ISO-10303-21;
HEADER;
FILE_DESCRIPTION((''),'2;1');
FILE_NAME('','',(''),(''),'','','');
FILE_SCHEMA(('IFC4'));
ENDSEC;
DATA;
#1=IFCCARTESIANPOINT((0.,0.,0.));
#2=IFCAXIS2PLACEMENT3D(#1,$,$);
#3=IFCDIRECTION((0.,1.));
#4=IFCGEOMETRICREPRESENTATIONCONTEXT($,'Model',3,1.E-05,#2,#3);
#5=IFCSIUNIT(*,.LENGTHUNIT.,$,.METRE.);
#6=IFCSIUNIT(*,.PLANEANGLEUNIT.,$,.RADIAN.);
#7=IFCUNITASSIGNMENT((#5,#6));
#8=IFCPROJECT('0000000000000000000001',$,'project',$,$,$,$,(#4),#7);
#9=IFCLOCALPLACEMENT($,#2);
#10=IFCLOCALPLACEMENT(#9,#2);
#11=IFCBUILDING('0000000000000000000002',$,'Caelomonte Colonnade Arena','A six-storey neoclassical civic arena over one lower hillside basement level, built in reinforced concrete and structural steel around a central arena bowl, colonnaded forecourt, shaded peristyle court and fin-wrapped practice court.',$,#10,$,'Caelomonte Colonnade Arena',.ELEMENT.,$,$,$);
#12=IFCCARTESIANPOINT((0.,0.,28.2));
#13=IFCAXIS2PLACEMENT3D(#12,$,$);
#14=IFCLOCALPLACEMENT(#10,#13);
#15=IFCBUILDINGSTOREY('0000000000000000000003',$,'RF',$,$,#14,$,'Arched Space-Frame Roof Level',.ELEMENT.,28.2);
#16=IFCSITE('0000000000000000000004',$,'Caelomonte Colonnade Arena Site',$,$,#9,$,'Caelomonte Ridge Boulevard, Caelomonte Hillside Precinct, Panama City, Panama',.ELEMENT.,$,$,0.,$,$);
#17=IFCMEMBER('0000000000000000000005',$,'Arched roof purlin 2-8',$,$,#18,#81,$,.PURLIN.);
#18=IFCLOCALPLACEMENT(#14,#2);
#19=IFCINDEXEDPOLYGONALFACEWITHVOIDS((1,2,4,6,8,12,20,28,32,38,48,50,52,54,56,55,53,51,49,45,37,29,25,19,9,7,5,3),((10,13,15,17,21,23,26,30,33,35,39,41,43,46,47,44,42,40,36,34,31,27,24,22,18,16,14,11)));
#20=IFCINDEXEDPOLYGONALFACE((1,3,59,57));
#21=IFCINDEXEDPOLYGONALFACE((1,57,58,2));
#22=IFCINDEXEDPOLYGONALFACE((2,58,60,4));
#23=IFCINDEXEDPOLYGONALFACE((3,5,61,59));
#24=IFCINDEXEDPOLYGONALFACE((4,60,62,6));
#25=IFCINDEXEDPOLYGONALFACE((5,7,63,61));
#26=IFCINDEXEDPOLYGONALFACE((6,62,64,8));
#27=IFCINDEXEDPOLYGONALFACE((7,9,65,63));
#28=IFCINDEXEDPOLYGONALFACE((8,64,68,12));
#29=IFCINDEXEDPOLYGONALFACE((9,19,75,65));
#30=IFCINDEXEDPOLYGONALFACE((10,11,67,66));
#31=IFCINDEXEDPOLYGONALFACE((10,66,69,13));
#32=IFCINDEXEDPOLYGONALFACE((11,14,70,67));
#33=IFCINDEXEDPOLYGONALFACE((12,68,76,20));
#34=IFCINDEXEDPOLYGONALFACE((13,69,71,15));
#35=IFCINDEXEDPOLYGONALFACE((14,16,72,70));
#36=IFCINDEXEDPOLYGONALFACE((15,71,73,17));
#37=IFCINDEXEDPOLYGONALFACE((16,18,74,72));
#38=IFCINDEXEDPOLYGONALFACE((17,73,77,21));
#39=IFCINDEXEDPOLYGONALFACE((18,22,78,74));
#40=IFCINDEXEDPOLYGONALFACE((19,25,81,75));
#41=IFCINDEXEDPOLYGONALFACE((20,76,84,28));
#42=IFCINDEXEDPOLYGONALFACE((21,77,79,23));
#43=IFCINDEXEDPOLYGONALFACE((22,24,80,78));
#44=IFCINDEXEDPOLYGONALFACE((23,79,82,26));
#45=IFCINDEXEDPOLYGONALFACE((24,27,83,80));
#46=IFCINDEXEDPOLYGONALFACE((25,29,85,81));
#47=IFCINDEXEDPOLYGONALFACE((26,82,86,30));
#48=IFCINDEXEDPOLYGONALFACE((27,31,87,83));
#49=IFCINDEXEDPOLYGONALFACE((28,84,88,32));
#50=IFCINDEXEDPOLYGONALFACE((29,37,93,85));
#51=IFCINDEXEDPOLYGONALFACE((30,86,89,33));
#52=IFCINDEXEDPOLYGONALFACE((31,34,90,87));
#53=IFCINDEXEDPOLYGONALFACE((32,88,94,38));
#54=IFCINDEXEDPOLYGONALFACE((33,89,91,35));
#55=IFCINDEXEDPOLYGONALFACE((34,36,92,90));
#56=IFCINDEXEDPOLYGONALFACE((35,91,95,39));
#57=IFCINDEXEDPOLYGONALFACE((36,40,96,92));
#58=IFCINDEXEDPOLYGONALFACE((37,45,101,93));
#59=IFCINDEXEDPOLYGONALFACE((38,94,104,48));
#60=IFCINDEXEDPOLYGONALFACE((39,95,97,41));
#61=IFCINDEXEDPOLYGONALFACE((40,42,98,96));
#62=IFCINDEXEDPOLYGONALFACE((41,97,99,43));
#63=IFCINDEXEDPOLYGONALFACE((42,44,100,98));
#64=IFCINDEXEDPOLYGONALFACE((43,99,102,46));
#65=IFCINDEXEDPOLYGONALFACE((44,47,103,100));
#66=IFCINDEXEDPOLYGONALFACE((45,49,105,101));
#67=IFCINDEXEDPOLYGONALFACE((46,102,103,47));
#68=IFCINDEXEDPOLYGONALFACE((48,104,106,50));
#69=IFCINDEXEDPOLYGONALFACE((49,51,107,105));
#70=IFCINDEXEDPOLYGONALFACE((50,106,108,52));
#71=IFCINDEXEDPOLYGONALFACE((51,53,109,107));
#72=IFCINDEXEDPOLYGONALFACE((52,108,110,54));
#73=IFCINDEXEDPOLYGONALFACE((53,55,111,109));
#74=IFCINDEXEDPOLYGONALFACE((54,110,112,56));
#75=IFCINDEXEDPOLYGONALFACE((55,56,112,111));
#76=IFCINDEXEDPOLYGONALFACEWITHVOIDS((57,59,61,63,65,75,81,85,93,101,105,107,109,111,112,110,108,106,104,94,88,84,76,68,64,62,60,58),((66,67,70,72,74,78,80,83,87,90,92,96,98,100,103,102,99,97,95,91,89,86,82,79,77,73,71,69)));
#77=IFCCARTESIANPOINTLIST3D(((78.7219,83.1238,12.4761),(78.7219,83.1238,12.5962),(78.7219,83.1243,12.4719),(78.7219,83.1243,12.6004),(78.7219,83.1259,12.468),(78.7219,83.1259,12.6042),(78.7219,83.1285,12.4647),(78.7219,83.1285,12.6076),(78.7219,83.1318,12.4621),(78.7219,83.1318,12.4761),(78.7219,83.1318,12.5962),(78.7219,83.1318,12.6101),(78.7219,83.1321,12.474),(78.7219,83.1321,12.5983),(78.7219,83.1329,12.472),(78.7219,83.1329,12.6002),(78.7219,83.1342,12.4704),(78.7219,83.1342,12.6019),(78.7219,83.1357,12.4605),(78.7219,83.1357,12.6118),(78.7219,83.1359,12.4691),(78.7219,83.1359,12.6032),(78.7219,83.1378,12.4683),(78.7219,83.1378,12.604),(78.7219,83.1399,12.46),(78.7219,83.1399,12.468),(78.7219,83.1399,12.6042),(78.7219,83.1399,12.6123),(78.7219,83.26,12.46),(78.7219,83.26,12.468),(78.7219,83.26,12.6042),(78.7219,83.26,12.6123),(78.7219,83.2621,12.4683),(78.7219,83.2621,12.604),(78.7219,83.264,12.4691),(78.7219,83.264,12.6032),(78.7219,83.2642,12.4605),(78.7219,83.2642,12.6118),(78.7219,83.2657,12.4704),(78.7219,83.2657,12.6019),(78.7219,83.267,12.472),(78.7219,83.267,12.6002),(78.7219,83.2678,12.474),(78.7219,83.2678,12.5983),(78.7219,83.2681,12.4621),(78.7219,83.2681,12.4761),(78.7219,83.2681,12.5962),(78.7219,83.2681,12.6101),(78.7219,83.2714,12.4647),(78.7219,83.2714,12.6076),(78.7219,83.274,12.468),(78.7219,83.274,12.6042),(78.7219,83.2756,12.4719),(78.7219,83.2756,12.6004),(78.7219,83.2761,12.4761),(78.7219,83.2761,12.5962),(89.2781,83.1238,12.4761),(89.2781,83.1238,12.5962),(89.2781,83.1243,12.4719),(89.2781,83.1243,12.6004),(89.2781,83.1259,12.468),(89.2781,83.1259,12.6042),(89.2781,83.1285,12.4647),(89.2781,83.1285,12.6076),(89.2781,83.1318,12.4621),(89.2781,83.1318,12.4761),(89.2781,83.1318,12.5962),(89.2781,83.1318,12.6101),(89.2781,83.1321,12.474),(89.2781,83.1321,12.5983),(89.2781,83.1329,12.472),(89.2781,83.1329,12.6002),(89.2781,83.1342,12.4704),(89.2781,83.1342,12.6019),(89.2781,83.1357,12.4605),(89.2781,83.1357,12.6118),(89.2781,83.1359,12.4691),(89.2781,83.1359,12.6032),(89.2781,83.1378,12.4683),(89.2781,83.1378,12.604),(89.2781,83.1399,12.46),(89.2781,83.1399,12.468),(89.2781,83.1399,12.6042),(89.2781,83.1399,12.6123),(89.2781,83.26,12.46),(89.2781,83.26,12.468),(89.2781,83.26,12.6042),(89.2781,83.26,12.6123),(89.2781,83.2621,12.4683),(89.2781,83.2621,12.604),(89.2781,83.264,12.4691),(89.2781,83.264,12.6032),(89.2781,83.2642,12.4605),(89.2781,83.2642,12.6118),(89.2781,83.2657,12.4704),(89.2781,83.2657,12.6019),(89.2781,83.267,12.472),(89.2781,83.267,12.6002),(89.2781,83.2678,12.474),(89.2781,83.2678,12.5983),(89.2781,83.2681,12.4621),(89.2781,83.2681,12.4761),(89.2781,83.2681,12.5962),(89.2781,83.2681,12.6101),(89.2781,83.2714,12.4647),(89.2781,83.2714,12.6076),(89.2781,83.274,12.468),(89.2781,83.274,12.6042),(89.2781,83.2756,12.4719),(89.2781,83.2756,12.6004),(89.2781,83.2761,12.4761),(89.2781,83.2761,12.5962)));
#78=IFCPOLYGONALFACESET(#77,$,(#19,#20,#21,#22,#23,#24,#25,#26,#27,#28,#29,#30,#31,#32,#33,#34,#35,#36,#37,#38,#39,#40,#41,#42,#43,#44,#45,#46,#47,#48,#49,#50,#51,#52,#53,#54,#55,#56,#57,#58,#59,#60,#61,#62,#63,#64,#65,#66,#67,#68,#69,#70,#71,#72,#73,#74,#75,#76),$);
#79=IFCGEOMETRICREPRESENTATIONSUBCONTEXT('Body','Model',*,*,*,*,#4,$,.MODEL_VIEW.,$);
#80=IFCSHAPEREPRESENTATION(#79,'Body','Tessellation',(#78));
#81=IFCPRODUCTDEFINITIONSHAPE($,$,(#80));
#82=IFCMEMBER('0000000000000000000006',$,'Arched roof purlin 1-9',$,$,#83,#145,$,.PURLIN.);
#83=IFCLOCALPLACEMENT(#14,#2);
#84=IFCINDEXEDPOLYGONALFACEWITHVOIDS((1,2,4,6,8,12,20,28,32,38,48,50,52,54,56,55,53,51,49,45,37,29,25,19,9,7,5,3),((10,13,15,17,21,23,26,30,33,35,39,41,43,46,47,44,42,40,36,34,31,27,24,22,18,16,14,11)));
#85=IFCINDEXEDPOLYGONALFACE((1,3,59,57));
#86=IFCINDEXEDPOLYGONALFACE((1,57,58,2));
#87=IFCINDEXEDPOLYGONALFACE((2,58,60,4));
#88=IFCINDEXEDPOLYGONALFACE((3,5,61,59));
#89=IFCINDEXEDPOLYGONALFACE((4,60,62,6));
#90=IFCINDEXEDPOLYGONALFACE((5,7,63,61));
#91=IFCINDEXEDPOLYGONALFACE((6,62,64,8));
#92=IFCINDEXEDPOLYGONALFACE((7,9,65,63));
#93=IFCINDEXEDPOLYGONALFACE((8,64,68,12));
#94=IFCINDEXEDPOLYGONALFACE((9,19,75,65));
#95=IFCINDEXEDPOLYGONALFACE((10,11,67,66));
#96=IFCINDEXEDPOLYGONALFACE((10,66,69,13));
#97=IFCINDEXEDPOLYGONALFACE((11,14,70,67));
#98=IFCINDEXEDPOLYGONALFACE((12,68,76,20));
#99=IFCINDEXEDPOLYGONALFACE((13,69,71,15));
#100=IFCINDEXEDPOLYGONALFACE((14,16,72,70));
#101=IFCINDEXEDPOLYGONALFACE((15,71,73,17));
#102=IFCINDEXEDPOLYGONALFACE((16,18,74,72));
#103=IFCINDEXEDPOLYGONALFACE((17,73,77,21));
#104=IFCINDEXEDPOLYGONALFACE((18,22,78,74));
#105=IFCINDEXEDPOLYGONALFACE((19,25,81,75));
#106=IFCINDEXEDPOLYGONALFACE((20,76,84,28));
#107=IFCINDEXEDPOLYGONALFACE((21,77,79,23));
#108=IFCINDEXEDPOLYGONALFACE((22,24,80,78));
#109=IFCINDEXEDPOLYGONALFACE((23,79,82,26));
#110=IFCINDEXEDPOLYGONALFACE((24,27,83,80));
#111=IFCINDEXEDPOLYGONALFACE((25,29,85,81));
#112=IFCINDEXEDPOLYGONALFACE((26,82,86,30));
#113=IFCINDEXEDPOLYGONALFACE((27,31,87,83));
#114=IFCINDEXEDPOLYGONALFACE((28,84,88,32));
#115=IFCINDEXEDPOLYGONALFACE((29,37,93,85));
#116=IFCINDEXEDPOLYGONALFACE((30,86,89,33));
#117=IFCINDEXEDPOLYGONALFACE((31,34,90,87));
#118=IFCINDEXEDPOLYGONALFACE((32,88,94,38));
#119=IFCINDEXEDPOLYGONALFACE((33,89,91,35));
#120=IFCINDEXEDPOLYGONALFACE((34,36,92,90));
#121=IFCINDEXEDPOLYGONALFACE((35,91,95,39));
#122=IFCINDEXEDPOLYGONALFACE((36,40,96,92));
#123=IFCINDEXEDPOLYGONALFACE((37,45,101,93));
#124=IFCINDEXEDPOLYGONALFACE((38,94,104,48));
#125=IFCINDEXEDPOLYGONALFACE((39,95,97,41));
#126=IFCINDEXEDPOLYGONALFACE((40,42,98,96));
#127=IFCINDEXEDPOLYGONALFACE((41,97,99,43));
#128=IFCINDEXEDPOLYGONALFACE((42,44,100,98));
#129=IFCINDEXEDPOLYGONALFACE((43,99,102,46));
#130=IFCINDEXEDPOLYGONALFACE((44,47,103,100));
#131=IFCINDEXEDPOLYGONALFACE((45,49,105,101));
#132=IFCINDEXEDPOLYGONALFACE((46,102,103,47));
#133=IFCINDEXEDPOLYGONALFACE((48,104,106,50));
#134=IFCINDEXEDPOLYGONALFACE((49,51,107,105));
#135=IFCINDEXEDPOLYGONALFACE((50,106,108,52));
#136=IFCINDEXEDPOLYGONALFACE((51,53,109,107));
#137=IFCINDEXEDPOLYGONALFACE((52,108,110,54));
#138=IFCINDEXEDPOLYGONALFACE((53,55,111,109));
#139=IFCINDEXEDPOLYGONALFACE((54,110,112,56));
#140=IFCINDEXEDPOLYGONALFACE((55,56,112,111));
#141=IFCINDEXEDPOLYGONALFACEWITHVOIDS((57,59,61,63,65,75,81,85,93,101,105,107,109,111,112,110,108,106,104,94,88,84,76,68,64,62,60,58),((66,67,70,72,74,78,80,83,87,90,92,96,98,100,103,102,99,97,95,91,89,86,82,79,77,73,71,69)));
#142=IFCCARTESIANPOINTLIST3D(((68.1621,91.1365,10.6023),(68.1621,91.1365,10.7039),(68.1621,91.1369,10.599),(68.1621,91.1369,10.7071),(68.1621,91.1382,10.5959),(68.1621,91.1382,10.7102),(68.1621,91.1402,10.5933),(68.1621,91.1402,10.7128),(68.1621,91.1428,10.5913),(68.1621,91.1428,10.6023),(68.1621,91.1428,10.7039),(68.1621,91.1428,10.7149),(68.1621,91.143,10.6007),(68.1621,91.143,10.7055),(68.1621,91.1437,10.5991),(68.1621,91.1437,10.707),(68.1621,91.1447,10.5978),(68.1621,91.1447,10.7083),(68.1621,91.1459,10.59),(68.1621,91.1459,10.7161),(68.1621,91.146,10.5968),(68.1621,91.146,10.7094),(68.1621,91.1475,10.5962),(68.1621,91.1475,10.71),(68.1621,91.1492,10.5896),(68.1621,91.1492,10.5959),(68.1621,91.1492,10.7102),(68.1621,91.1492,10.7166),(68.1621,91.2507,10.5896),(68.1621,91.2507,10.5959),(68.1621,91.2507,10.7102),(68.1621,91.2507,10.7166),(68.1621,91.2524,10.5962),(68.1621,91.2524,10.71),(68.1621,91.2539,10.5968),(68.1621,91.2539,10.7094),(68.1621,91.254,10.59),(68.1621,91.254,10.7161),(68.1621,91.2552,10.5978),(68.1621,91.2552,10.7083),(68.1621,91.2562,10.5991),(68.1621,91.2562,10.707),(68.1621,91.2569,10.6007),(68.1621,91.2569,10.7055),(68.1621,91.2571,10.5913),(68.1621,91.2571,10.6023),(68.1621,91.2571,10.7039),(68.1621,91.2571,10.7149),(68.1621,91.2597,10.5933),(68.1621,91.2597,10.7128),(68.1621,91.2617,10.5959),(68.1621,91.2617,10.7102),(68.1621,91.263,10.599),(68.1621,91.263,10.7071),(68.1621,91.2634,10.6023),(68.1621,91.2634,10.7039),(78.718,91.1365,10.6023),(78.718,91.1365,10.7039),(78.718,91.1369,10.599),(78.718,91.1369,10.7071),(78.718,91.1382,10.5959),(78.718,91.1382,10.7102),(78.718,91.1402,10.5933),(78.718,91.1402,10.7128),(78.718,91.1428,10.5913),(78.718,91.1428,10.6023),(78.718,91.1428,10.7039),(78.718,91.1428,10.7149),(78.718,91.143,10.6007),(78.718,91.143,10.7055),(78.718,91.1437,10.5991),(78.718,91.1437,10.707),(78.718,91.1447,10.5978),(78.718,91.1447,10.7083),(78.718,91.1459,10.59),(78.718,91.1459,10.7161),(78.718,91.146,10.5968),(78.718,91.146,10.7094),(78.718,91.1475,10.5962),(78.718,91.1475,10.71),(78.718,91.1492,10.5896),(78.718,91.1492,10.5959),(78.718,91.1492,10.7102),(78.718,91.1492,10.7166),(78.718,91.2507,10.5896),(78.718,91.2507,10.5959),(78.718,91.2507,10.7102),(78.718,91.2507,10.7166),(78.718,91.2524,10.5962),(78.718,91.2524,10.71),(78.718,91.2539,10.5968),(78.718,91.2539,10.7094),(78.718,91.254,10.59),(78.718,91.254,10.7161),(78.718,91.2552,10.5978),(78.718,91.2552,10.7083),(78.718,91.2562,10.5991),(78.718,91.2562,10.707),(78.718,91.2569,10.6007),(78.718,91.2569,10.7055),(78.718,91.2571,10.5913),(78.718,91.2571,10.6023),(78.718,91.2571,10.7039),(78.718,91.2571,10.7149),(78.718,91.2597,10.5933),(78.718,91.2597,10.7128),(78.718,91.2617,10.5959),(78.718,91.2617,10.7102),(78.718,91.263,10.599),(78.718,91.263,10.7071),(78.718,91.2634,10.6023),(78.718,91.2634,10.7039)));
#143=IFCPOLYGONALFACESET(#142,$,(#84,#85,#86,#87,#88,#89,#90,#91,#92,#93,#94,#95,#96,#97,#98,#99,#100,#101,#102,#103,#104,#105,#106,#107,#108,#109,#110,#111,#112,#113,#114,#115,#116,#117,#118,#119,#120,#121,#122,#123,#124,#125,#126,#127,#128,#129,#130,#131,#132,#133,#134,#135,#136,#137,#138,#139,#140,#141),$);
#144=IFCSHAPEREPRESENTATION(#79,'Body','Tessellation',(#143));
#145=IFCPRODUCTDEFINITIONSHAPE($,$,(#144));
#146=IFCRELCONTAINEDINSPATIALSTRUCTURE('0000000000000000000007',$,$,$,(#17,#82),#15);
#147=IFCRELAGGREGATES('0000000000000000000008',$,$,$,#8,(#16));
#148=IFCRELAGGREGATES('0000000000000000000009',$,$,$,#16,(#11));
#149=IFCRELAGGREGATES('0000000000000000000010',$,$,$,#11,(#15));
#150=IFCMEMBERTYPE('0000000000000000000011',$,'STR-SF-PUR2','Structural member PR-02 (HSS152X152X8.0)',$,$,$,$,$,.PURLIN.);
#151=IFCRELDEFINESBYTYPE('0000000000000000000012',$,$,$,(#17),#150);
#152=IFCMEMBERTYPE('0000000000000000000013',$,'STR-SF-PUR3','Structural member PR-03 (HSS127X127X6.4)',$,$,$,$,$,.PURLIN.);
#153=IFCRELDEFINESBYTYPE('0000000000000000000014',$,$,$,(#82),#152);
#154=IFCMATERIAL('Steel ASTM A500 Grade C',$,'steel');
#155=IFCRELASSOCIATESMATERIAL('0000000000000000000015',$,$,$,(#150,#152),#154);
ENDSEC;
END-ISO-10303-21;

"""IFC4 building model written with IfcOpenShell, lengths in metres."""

from ifc_helpers import new_model, si_unit, direction, frame, origin, origin_2d, place, context, subcontext, project, spatial, hollow_rectangle, extrude, material, material_profile, profile_set, type_object, element, save


model = new_model("IFC4")

# Units and contexts
model_context = context("Model", 3, precision=1e-05, world=origin(), true_north=direction((0.0, 1.0)))
body_context = subcontext(model_context, "Body", "Model", "MODEL_VIEW")
ifc_project = project(units=[si_unit("LENGTHUNIT", "METRE"), si_unit("PLANEANGLEUNIT", "RADIAN")], contexts=[model_context])

# Site, building, storey
site_placement = place(None, origin())
site = spatial("IfcSite", under=ifc_project, at=site_placement, Name="Caelomonte Colonnade Arena Site", LongName="Caelomonte Ridge Boulevard, Caelomonte Hillside Precinct, Panama City, Panama", CompositionType="ELEMENT", RefElevation=0.0)
building_placement = place(site_placement, origin())
building = spatial("IfcBuilding", under=site, at=building_placement, Name="Caelomonte Colonnade Arena", Description="A six-storey neoclassical civic arena over one lower hillside basement level, built in reinforced concrete and structural steel around a central arena bowl, colonnaded forecourt, shaded peristyle court and fin-wrapped practice court.", LongName="Caelomonte Colonnade Arena", CompositionType="ELEMENT")
storey_placement = place(building_placement, frame((0.0, 0.0, 28.2)))
storey = spatial("IfcBuildingStorey", under=building, at=storey_placement, Name="RF", LongName="Arched Space-Frame Roof Level", CompositionType="ELEMENT", Elevation=28.2)

# Members
ifc_material_1 = material(Name="Steel ASTM A500 Grade C", Category="steel")
ifc_material_profile_1 = material_profile(ifc_material_1, hollow_rectangle(XDim=0.1523, YDim=0.1523, WallThickness=0.0081, InnerFilletRadius=0.0081, OuterFilletRadius=0.0161, at=origin_2d()), Name="HSS152X152X8.0")
ifc_profile_set_1 = profile_set([ifc_material_profile_1], Name="Steel ASTM A500 Grade C")
member_type_1 = type_object("IfcMemberType", Name="STR-SF-PUR2", Description="Structural member PR-02 (HSS152X152X8.0)", PredefinedType="PURLIN", material=ifc_profile_set_1)
member_1_placement = place(storey_placement, frame((78.7219, 83.2, 12.5361), z_axis=(1.0, 0.0, 0.0), x_axis=(0.0, 1.0, 0.0)))
element("IfcMember", 1, at=member_1_placement, inside=storey, type_object=member_type_1, Name="Arched roof purlin 2-8", PredefinedType="PURLIN", context=body_context, shape_type="SweptSolid", body=[
    extrude(hollow_rectangle(XDim=0.1523, YDim=0.1523, WallThickness=0.0081, InnerFilletRadius=0.0081, OuterFilletRadius=0.0161, at=origin_2d()), origin(), (0.0, 0.0, 1.0), 10.5562),
])
ifc_material_profile_2 = material_profile(ifc_material_1, hollow_rectangle(XDim=0.127, YDim=0.127, WallThickness=0.0063, InnerFilletRadius=0.0063, OuterFilletRadius=0.0127, at=origin_2d()), Name="HSS127X127X6.4")
ifc_profile_set_2 = profile_set([ifc_material_profile_2], Name="Steel ASTM A500 Grade C")
member_type_2 = type_object("IfcMemberType", Name="STR-SF-PUR3", Description="Structural member PR-03 (HSS127X127X6.4)", PredefinedType="PURLIN", material=ifc_profile_set_2)
member_2_placement = place(storey_placement, frame((68.1621, 91.2, 10.6531), z_axis=(1.0, 0.0, 0.0), x_axis=(0.0, 1.0, 0.0)))
element("IfcMember", 2, at=member_2_placement, inside=storey, type_object=member_type_2, Name="Arched roof purlin 1-9", PredefinedType="PURLIN", context=body_context, shape_type="SweptSolid", body=[
    extrude(hollow_rectangle(XDim=0.127, YDim=0.127, WallThickness=0.0063, InnerFilletRadius=0.0063, OuterFilletRadius=0.0127, at=origin_2d()), origin(), (0.0, 0.0, 1.0), 10.5559),
])

save(model, "model.ifc")
